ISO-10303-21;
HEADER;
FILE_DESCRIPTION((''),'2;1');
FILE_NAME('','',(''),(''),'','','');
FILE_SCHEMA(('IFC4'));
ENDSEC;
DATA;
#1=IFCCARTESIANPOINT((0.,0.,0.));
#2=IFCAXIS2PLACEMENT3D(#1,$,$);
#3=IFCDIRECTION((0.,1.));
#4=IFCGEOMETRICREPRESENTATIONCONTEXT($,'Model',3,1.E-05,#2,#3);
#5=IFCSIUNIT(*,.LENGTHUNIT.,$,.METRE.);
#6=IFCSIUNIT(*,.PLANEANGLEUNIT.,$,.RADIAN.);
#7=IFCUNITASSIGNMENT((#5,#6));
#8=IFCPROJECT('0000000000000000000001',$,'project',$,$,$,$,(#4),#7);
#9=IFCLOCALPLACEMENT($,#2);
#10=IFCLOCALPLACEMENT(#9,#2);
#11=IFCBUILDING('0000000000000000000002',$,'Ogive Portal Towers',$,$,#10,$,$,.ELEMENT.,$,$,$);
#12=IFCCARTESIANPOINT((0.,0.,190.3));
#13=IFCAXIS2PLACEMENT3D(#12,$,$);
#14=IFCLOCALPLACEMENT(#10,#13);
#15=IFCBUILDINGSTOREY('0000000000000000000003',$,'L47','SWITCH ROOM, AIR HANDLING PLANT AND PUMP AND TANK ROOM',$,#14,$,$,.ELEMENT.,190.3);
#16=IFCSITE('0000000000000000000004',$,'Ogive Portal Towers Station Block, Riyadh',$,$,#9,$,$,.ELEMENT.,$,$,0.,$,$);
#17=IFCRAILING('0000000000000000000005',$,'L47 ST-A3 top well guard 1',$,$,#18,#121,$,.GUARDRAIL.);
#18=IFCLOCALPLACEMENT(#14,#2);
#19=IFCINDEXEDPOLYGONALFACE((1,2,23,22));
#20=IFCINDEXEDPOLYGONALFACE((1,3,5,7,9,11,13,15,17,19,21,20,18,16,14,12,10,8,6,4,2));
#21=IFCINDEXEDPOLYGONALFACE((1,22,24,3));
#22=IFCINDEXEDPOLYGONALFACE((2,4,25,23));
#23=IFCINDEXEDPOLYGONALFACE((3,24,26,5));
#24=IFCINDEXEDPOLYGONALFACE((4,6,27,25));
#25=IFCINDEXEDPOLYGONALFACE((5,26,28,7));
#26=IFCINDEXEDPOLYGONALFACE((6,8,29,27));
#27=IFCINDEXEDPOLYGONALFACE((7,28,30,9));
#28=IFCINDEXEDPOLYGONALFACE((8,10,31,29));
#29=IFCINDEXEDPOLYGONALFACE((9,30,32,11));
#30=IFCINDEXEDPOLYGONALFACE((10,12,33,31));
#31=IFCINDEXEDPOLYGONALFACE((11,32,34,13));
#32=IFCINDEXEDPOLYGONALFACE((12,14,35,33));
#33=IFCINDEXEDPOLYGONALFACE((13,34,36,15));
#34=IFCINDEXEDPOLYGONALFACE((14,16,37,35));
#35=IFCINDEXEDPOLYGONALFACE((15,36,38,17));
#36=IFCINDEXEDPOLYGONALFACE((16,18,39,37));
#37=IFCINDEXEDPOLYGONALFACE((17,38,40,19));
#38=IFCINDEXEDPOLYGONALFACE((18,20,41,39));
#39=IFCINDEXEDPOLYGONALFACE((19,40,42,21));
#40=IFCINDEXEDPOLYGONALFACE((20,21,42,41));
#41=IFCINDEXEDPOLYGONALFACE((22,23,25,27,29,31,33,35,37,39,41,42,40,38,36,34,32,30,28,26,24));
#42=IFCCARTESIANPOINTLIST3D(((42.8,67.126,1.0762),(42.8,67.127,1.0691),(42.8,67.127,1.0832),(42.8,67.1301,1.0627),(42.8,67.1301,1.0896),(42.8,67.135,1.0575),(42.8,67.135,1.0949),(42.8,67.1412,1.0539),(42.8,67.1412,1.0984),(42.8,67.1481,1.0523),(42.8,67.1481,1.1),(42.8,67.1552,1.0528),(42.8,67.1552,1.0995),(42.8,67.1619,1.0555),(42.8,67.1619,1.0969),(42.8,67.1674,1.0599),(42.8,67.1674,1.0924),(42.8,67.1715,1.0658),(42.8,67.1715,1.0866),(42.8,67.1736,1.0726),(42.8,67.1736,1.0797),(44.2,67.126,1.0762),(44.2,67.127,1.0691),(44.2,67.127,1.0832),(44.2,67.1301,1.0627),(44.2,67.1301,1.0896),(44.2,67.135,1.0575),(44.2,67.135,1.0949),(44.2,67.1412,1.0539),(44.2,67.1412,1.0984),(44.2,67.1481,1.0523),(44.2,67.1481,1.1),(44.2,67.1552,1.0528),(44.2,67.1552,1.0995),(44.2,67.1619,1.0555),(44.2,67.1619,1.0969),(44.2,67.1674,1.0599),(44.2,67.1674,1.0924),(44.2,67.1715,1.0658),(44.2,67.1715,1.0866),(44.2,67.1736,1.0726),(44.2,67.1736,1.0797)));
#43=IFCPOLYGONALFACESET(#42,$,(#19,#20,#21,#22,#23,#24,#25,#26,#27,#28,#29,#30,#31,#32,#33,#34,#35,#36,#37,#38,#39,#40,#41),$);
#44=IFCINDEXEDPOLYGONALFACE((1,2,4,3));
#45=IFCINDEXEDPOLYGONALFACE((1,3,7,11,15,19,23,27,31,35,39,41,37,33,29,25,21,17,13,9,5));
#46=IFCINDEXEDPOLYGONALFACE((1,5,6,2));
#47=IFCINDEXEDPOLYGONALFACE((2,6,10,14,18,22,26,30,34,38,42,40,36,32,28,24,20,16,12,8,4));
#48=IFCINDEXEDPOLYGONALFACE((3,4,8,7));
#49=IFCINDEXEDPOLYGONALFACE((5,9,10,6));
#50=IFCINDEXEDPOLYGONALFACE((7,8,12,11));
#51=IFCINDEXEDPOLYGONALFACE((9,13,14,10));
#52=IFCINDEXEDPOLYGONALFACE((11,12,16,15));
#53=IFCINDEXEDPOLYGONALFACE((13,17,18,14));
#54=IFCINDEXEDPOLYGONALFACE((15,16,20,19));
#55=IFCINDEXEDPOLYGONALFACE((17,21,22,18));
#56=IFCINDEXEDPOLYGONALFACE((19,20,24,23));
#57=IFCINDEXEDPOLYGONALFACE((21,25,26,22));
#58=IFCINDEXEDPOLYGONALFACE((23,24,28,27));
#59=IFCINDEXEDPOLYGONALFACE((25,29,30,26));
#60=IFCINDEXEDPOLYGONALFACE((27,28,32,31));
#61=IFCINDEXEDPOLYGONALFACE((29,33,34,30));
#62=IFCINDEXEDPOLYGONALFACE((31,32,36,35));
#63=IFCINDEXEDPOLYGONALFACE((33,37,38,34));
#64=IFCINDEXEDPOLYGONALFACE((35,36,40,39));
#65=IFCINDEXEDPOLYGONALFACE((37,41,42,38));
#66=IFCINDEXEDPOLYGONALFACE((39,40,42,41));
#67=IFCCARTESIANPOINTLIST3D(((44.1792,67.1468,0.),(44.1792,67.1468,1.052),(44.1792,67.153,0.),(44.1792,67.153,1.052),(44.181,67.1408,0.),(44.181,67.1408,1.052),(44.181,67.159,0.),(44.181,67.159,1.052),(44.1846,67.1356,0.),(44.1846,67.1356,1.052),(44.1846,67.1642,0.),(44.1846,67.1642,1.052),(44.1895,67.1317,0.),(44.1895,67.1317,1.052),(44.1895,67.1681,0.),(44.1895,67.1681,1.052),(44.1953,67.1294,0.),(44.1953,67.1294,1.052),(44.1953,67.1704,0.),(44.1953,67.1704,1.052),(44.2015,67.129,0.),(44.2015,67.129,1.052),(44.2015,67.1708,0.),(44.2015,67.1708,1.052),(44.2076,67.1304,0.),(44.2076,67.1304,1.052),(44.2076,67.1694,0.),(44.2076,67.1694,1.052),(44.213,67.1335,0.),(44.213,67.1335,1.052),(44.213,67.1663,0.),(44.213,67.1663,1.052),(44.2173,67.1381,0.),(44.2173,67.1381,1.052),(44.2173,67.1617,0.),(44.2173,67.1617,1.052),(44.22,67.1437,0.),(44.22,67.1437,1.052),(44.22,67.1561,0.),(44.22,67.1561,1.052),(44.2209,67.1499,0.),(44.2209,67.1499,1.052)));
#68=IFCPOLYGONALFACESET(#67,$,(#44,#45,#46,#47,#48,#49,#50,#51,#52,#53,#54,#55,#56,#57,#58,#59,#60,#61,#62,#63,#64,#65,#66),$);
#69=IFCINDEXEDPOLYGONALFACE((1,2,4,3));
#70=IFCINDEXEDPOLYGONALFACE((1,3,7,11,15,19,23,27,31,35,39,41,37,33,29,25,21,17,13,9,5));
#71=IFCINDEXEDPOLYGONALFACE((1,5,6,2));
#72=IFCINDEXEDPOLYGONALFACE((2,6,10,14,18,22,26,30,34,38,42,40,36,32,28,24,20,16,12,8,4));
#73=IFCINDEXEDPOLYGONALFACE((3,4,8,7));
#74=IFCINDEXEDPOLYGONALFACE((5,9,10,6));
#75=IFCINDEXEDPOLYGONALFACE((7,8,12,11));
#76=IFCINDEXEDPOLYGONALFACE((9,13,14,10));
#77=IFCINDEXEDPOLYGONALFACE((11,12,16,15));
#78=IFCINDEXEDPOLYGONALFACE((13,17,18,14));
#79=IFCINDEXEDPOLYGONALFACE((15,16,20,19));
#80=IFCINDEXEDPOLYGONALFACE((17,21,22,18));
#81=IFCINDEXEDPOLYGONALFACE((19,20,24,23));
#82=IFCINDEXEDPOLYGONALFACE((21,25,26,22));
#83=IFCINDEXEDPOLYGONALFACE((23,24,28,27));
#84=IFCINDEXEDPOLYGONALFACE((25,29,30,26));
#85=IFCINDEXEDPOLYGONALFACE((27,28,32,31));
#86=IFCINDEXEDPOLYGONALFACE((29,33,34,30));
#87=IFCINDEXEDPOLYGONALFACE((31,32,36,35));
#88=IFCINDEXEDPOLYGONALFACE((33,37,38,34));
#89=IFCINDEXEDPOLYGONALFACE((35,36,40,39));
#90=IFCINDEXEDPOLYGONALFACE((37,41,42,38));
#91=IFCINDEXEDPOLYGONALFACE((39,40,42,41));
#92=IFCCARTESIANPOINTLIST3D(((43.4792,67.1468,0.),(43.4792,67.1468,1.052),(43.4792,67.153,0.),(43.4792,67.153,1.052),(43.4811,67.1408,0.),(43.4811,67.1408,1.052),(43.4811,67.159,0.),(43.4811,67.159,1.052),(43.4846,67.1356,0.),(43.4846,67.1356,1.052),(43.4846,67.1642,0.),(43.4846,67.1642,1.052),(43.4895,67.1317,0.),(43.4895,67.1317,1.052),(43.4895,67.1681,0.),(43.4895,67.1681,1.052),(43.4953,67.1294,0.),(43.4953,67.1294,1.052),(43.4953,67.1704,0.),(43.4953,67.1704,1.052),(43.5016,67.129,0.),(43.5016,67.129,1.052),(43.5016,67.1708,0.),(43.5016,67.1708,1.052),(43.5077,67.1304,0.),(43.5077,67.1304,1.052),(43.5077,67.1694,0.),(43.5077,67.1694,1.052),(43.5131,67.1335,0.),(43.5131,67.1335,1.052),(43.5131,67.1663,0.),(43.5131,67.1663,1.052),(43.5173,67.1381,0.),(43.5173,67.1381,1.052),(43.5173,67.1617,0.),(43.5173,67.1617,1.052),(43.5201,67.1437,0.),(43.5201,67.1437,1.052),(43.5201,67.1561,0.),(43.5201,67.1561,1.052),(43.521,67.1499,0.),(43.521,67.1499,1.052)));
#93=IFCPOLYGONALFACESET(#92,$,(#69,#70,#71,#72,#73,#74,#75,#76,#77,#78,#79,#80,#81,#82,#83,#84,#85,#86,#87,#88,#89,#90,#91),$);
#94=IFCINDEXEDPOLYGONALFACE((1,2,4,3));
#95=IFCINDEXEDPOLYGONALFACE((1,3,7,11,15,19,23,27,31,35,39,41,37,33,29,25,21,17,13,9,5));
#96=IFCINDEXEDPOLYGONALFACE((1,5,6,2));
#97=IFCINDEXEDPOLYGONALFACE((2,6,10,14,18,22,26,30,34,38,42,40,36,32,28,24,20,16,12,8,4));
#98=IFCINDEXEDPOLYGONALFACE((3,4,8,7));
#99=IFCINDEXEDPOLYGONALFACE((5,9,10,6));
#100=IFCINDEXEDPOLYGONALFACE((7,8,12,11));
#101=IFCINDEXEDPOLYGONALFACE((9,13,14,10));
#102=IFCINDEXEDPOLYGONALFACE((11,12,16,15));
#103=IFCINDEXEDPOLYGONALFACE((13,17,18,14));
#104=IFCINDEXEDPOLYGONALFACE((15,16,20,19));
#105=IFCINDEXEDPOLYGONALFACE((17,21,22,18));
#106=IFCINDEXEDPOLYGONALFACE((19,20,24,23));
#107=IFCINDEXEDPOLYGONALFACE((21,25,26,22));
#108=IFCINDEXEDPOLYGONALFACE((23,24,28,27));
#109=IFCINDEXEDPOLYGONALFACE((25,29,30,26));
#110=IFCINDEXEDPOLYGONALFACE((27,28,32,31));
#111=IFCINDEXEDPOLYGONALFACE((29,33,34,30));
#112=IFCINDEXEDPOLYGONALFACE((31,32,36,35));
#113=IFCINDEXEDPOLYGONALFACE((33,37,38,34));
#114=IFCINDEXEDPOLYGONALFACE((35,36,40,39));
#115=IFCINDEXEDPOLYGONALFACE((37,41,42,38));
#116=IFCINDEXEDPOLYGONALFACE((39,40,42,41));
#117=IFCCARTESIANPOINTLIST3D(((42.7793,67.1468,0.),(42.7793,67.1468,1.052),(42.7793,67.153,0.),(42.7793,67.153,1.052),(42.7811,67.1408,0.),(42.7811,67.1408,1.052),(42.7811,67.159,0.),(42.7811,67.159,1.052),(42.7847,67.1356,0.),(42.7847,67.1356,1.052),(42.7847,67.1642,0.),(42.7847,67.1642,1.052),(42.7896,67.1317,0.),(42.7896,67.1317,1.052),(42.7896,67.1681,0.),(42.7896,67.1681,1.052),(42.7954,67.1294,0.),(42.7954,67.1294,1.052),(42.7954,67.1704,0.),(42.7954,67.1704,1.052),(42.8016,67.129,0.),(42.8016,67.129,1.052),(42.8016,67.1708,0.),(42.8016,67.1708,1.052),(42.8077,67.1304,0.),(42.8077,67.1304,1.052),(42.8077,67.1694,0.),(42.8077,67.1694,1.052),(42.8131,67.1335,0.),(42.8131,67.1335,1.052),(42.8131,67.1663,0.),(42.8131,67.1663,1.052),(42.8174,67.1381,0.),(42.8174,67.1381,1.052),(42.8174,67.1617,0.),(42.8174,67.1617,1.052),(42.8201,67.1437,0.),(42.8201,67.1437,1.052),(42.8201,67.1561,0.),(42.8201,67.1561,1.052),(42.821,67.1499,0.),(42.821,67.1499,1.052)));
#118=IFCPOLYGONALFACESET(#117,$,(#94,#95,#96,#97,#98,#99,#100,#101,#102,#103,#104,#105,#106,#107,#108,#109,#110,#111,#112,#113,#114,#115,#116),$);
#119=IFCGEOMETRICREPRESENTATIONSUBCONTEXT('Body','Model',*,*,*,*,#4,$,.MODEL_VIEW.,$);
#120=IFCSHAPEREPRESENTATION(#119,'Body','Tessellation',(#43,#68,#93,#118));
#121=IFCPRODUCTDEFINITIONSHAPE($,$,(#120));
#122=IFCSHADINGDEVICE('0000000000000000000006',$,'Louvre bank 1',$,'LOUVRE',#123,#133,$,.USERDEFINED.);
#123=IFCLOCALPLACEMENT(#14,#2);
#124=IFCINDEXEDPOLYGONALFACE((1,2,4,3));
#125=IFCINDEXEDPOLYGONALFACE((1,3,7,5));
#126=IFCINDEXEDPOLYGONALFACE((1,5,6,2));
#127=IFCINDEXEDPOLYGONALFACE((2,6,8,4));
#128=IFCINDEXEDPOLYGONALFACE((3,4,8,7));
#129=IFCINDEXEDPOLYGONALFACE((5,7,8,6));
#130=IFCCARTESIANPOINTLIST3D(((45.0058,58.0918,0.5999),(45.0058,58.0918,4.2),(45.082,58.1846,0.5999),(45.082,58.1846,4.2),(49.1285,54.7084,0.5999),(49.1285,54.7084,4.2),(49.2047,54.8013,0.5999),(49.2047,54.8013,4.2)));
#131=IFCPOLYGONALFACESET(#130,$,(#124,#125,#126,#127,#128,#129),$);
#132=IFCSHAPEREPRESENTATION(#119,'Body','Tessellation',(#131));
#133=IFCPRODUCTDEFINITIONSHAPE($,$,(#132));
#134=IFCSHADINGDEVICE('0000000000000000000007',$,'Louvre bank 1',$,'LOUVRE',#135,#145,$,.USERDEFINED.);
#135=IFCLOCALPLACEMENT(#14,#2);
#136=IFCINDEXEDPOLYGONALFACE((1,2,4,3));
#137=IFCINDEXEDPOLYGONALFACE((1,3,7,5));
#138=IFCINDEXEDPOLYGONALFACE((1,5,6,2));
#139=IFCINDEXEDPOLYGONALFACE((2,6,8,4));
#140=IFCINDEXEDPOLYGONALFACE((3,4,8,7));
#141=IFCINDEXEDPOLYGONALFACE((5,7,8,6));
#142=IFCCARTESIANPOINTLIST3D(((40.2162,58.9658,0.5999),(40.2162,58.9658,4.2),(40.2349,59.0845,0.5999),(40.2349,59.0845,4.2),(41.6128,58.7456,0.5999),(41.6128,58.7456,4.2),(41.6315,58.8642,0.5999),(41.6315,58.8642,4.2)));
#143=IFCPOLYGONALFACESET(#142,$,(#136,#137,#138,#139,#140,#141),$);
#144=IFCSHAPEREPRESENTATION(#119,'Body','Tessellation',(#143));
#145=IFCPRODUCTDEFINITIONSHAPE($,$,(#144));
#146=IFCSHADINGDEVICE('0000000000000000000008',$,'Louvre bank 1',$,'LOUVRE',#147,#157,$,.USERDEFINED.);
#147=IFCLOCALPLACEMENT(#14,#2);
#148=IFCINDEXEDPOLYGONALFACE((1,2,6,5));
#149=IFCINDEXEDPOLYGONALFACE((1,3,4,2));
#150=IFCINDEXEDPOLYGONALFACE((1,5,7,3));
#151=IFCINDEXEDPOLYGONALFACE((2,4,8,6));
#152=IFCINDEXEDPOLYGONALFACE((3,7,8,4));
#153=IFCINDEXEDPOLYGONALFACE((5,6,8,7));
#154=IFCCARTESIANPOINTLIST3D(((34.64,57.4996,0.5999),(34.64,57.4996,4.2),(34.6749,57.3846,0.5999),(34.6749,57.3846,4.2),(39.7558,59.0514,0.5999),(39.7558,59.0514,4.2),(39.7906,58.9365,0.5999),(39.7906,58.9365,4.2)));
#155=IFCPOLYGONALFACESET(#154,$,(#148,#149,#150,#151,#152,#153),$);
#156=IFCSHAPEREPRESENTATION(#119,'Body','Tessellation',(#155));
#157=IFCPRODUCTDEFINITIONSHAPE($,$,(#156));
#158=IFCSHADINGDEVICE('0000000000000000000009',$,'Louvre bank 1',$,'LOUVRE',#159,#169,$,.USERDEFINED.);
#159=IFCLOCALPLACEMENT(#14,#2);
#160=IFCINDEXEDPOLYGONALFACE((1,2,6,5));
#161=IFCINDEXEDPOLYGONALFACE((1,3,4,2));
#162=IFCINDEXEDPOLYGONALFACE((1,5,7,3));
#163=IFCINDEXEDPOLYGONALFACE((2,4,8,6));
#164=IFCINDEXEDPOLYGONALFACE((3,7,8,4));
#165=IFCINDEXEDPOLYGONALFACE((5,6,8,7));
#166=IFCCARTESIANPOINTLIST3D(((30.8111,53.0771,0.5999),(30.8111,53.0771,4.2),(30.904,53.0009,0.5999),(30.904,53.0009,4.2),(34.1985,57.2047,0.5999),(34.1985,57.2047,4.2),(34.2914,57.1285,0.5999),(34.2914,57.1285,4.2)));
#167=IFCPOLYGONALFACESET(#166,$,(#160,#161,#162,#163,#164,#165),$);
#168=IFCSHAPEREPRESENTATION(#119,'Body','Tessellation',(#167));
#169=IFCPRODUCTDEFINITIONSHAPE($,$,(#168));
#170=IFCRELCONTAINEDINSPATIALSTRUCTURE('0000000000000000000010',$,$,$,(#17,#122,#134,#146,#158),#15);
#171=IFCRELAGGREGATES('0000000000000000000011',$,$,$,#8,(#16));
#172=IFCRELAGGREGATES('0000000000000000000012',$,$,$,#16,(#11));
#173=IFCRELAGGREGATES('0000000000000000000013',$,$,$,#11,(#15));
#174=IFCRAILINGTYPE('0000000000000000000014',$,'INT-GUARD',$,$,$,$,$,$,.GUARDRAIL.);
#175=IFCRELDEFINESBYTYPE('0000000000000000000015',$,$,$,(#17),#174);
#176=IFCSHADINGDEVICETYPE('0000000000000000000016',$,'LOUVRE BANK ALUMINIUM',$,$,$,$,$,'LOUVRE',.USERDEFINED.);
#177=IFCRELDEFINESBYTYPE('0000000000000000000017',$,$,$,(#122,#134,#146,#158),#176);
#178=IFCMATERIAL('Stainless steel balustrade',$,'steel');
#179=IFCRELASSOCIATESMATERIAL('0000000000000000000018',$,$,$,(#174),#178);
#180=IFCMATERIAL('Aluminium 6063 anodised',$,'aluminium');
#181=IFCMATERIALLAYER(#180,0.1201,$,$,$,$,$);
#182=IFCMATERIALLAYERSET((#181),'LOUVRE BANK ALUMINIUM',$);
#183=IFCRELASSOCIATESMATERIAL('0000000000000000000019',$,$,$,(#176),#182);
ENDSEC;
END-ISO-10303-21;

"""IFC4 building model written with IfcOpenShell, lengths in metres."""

from ifc_helpers import new_model, si_unit, direction, frame, origin, origin_2d, place, context, subcontext, project, spatial, rectangle, circle, extrude, material, layer, layer_set, type_object, element, save


model = new_model("IFC4")

# Units and contexts
model_context = context("Model", 3, precision=1e-05, world=origin(), true_north=direction((0.0, 1.0)))
body_context = subcontext(model_context, "Body", "Model", "MODEL_VIEW")
ifc_project = project(units=[si_unit("LENGTHUNIT", "METRE"), si_unit("PLANEANGLEUNIT", "RADIAN")], contexts=[model_context])

# Site, building, storey
site_placement = place(None, origin())
site = spatial("IfcSite", under=ifc_project, at=site_placement, Name="Ogive Portal Towers Station Block, Riyadh", CompositionType="ELEMENT", RefElevation=0.0)
building_placement = place(site_placement, origin())
building = spatial("IfcBuilding", under=site, at=building_placement, Name="Ogive Portal Towers", CompositionType="ELEMENT")
storey_placement = place(building_placement, frame((0.0, 0.0, 190.3)))
storey = spatial("IfcBuildingStorey", under=building, at=storey_placement, Name="L47", Description="SWITCH ROOM, AIR HANDLING PLANT AND PUMP AND TANK ROOM", CompositionType="ELEMENT", Elevation=190.3)

# Railing
ifc_material_1 = material(Name="Stainless steel balustrade", Category="steel")
railing_type_1 = type_object("IfcRailingType", Name="INT-GUARD", PredefinedType="GUARDRAIL", material=ifc_material_1)
railing_1_placement = place(storey_placement, frame((44.2, 67.1499, 0.0)))
element("IfcRailing", 1, at=railing_1_placement, inside=storey, type_object=railing_type_1, Name="L47 ST-A3 top well guard 1", PredefinedType="GUARDRAIL", context=body_context, shape_type="SweptSolid", body=[
    extrude(circle(Radius=0.0239, at=origin_2d()), frame((0.0, 0.0, 1.0762), z_axis=(-1.0, 0.0, 0.0), x_axis=(0.0, -1.0, 0.0)), (0.0, 0.0, 1.0), 1.3999),
    extrude(circle(Radius=0.021, at=origin_2d()), origin(), (0.0, 0.0, 1.0), 1.052),
    extrude(circle(Radius=0.021, at=origin_2d()), frame((-0.7, 0.0, 0.0)), (0.0, 0.0, 1.0), 1.052),
    extrude(circle(Radius=0.021, at=origin_2d()), frame((-1.3999, 0.0, 0.0)), (0.0, 0.0, 1.0), 1.052),
])

# Shading devices
ifc_material_2 = material(Name="Aluminium 6063 anodised", Category="aluminium")
ifc_layer_1 = layer(ifc_material_2, 0.1201)
ifc_layer_set_1 = layer_set([ifc_layer_1], Name="LOUVRE BANK ALUMINIUM")
shading_device_type = type_object("IfcShadingDeviceType", Name="LOUVRE BANK ALUMINIUM", ElementType="LOUVRE", PredefinedType="USERDEFINED", material=ifc_layer_set_1)
shading_device_1_placement = place(storey_placement, frame((47.1052, 56.4465, 0.5999), z_axis=(0.0, 0.0, 1.0), x_axis=(-0.77301, 0.634393, 0.0)))
element("IfcShadingDevice", 2, at=shading_device_1_placement, inside=storey, type_object=shading_device_type, Name="Louvre bank 1", ObjectType="LOUVRE", PredefinedType="USERDEFINED", context=body_context, shape_type="SweptSolid", body=[
    extrude(rectangle(XDim=5.3333, YDim=0.1201, at=origin_2d()), origin(), (0.0, 0.0, 1.0), 3.6001),
])
shading_device_2_placement = place(storey_placement, frame((40.9238, 58.915, 0.5999), z_axis=(0.0, 0.0, 1.0), x_axis=(-0.987792, 0.155777, 0.0)))
element("IfcShadingDevice", 3, at=shading_device_2_placement, inside=storey, type_object=shading_device_type, Name="Louvre bank 1", ObjectType="LOUVRE", PredefinedType="USERDEFINED", context=body_context, shape_type="SweptSolid", body=[
    extrude(rectangle(XDim=1.4138, YDim=0.1201, at=origin_2d()), origin(), (0.0, 0.0, 1.0), 3.6001),
])
shading_device_3_placement = place(storey_placement, frame((37.2153, 58.218, 0.5999), z_axis=(0.0, 0.0, 1.0), x_axis=(-0.95694, -0.290285, 0.0)))
element("IfcShadingDevice", 4, at=shading_device_3_placement, inside=storey, type_object=shading_device_type, Name="Louvre bank 1", ObjectType="LOUVRE", PredefinedType="USERDEFINED", context=body_context, shape_type="SweptSolid", body=[
    extrude(rectangle(XDim=5.3459, YDim=0.1201, at=origin_2d()), origin(), (0.0, 0.0, 1.0), 3.6001),
])
shading_device_4_placement = place(storey_placement, frame((32.5513, 55.1028, 0.5999), z_axis=(0.0, 0.0, 1.0), x_axis=(-0.634393, -0.77301, 0.0)))
element("IfcShadingDevice", 5, at=shading_device_4_placement, inside=storey, type_object=shading_device_type, Name="Louvre bank 1", ObjectType="LOUVRE", PredefinedType="USERDEFINED", context=body_context, shape_type="SweptSolid", body=[
    extrude(rectangle(XDim=5.3396, YDim=0.1201, at=origin_2d()), origin(), (0.0, 0.0, 1.0), 3.6001),
])

save(model, "model.ifc")
